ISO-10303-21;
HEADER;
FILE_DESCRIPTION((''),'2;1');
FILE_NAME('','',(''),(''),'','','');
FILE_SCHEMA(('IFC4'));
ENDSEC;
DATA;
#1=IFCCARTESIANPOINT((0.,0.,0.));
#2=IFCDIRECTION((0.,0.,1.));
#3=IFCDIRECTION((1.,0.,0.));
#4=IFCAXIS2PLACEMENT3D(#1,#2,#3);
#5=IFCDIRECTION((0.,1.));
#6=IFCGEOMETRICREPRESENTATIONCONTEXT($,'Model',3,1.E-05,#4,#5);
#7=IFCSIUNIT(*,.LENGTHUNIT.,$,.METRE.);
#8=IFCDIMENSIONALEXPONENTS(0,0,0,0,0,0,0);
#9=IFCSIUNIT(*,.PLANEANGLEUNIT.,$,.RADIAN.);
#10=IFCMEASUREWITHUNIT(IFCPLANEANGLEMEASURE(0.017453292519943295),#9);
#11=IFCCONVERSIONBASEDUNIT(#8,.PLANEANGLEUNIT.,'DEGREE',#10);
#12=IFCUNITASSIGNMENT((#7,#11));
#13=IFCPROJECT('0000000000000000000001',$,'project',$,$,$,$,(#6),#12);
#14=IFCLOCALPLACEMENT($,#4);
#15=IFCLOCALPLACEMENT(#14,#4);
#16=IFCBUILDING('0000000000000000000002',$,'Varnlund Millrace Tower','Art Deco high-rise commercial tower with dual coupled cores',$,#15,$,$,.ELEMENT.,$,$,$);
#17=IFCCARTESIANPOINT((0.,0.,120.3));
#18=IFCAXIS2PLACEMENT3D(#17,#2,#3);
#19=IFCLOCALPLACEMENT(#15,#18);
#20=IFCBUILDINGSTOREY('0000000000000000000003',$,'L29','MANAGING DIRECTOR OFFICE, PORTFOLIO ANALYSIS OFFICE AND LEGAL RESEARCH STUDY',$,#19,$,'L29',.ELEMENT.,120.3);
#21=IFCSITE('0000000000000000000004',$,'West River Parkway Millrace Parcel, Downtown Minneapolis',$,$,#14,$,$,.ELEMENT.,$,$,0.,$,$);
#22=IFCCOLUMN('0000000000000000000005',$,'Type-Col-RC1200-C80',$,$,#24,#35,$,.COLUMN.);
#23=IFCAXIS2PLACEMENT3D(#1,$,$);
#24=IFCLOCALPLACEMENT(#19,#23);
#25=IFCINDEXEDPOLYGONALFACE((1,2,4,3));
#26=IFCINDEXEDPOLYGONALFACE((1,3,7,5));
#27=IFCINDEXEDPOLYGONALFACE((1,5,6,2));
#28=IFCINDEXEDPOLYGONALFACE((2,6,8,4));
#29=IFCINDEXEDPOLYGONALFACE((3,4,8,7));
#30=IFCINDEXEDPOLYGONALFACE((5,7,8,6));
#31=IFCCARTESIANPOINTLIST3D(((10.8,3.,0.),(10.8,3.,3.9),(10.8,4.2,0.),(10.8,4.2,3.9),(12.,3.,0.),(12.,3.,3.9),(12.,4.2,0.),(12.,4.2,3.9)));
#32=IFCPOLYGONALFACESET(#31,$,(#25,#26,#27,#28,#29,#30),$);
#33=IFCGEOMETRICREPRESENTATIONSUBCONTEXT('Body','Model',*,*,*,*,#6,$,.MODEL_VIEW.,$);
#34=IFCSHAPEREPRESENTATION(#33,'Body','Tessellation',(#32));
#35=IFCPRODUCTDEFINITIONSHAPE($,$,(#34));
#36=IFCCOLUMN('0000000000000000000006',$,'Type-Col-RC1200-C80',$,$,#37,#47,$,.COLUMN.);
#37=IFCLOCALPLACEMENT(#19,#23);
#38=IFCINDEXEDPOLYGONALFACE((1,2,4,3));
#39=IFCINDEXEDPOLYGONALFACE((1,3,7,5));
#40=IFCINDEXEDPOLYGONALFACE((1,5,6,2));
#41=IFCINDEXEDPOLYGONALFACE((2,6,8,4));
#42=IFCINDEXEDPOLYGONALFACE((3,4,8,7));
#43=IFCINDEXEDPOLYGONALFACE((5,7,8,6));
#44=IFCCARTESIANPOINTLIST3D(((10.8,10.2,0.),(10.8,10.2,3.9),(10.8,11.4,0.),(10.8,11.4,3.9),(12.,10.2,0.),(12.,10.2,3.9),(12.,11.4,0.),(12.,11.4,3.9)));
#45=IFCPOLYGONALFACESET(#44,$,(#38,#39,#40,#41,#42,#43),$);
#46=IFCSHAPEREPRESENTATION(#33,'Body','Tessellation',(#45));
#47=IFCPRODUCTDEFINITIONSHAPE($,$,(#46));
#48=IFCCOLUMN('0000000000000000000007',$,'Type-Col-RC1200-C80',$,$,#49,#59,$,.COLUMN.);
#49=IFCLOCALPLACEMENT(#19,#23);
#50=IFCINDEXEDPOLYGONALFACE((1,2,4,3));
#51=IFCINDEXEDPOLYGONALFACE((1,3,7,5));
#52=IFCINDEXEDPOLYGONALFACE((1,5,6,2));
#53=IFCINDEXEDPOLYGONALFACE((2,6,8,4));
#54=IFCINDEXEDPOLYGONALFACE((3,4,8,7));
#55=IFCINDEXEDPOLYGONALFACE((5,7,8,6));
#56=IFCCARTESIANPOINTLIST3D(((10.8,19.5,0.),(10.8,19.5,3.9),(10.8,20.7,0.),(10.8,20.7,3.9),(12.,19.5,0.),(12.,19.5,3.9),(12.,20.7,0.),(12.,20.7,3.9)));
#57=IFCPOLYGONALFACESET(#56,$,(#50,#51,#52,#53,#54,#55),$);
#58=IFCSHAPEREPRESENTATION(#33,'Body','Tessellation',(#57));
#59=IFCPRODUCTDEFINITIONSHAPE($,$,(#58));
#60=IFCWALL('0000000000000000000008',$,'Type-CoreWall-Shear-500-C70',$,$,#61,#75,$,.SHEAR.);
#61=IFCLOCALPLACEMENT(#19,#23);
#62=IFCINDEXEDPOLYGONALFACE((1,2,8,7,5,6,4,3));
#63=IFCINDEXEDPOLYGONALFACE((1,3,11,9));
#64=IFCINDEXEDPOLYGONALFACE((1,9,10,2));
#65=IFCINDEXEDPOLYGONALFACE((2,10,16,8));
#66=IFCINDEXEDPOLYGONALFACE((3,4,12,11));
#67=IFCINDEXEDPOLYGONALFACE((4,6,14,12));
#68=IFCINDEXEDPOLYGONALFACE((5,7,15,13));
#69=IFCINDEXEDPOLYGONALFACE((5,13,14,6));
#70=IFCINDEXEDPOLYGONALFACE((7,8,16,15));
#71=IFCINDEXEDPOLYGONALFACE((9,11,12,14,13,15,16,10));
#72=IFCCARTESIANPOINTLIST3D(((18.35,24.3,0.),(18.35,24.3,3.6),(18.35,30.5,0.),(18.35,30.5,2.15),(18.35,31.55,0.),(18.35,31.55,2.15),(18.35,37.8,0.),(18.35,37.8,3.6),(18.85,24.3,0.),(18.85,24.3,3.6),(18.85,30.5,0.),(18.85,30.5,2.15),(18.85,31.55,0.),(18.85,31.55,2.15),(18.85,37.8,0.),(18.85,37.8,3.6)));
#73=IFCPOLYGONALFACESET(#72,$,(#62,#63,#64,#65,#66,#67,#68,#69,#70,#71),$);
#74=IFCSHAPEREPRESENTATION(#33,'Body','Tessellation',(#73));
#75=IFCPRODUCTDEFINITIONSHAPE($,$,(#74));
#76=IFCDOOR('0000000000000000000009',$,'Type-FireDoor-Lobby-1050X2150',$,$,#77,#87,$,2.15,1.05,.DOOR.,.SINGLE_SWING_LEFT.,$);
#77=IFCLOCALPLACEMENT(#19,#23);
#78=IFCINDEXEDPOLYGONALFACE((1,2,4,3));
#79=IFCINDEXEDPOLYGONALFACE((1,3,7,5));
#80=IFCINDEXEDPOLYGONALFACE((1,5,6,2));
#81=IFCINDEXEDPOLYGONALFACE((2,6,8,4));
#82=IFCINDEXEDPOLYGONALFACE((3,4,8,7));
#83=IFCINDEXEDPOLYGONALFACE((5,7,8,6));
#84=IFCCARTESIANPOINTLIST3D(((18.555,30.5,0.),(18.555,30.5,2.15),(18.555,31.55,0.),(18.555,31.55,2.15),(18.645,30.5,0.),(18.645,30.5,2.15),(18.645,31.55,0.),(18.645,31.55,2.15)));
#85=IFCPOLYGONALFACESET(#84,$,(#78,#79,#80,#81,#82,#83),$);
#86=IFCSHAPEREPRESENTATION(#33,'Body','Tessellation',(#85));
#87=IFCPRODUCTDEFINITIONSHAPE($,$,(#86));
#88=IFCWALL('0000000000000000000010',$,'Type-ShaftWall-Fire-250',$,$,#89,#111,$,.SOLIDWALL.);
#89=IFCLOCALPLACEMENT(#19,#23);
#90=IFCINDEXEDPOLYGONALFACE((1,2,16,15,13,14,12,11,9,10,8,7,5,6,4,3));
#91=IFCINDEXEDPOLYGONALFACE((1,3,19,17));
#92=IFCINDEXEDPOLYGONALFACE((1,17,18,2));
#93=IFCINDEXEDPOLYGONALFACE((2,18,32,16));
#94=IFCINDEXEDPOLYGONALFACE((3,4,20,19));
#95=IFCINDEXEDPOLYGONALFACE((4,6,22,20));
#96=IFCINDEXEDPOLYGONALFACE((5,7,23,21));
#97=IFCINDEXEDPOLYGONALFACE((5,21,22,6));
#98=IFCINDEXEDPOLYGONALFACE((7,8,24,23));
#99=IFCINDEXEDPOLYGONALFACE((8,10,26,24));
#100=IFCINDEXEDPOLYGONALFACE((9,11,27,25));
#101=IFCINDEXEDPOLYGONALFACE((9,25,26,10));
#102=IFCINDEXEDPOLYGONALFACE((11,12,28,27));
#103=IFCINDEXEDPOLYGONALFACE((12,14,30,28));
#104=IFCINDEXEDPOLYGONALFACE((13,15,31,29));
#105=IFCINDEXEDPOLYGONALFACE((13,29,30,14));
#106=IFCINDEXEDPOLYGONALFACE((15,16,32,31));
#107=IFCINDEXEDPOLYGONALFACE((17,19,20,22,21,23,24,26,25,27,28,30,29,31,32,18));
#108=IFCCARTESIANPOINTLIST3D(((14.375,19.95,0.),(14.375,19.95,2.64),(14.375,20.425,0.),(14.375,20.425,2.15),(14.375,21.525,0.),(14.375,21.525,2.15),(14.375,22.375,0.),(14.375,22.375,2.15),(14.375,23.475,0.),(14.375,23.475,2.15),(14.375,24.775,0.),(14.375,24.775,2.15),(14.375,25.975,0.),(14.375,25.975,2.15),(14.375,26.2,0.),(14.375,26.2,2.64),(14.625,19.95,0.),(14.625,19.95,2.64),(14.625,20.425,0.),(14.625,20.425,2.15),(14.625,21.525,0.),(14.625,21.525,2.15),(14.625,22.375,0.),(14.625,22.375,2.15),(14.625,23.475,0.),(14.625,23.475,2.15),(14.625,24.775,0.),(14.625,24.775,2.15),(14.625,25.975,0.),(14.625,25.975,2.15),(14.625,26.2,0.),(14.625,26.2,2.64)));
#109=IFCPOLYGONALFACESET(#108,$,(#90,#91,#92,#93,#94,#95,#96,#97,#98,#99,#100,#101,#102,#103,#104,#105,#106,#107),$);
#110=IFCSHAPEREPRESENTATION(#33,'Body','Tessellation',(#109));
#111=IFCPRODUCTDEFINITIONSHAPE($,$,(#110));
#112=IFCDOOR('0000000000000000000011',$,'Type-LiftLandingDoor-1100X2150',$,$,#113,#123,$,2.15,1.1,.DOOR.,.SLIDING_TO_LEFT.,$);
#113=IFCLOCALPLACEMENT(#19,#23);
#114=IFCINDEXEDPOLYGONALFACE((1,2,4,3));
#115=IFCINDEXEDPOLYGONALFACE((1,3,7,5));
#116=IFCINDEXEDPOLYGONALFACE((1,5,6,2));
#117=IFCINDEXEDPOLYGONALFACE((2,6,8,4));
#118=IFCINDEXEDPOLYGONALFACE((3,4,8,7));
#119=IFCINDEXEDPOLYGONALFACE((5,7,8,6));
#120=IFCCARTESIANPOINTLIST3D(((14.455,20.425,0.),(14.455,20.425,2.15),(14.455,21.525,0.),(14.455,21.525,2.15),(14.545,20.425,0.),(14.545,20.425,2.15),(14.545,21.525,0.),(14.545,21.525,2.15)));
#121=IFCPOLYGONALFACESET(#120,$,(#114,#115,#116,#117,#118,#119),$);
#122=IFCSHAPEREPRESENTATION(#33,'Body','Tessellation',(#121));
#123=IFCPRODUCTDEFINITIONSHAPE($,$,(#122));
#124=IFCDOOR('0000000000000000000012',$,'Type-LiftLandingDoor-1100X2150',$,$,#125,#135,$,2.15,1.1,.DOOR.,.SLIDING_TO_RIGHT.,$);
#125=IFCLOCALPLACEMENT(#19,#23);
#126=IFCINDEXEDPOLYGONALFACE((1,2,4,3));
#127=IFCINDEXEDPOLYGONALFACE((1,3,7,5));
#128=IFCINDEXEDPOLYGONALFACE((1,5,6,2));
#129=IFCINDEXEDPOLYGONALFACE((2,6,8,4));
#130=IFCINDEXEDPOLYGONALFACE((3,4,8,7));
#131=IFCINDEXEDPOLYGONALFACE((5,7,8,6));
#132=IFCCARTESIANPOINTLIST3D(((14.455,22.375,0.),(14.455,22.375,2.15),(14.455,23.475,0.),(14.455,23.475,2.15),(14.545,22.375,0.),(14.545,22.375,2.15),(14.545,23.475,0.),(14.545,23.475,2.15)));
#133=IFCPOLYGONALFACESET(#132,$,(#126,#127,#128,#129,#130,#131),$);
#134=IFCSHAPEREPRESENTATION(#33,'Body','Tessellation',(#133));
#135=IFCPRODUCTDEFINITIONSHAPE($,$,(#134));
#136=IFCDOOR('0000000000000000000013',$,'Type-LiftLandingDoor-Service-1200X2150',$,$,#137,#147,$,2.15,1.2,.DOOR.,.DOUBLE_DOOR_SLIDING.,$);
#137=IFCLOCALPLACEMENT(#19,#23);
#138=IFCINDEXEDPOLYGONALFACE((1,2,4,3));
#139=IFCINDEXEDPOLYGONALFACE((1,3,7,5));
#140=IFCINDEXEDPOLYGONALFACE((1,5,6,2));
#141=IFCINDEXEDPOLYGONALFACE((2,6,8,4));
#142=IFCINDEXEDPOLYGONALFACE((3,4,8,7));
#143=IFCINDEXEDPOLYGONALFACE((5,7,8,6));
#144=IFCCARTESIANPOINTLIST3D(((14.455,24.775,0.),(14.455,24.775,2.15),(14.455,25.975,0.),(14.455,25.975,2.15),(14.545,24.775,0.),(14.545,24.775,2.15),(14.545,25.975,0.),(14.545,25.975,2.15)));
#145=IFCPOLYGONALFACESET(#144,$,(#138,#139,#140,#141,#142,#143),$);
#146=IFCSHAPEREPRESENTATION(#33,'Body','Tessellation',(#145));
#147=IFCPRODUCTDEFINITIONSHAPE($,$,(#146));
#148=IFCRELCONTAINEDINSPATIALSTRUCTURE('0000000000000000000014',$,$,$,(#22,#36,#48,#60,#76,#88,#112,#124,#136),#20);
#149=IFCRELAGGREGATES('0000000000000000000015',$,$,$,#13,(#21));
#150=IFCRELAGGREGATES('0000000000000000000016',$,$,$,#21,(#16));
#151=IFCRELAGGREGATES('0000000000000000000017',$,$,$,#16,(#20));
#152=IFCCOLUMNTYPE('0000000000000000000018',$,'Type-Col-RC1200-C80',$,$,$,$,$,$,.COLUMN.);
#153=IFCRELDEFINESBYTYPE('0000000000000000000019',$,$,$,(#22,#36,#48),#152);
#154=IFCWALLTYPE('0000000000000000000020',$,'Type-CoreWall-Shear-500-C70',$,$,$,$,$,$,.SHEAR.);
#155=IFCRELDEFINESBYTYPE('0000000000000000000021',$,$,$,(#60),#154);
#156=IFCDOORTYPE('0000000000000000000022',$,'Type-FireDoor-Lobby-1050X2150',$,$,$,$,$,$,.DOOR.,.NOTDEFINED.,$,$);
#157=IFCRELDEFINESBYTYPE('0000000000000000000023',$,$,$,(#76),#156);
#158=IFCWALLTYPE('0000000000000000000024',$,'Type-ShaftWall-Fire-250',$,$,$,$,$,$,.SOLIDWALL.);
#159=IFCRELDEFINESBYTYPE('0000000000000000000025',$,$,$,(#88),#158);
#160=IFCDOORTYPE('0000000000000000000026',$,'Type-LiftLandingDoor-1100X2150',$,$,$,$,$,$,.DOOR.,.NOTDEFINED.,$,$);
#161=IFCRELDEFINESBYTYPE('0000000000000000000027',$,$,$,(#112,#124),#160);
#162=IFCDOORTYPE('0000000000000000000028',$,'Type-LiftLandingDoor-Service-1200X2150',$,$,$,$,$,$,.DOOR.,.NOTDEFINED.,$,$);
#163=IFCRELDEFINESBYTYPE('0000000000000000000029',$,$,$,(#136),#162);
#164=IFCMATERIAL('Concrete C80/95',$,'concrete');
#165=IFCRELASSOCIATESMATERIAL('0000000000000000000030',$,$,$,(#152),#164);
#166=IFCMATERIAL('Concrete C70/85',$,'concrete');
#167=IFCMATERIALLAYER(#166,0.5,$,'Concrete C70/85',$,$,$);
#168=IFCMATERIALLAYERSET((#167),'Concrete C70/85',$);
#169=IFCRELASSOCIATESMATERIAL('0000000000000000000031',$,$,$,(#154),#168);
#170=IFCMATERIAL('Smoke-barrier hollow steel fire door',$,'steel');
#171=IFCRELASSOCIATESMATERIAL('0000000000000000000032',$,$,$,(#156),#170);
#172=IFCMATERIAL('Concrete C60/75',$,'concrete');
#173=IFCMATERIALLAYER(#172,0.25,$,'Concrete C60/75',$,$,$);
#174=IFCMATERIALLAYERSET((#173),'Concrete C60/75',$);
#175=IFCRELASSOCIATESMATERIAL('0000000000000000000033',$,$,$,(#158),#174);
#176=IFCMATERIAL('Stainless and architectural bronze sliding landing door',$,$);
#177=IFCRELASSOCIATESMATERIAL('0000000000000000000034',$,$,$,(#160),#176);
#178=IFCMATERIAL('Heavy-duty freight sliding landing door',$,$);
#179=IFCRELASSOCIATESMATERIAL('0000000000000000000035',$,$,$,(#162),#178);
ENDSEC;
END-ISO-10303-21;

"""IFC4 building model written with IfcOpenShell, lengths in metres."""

from ifc_helpers import new_model, entity, si_unit, converted_unit, direction, frame, origin_with_axes, origin_2d_with_axis, place, context, subcontext, project, spatial, polyline, rectangle, outline, extrude, material, layer, layer_set, material_profile, profile_set, type_object, element, fill, save


model = new_model("IFC4")

# Units and contexts
model_context = context("Model", 3, precision=1e-05, world=origin_with_axes(), true_north=direction((0.0, 1.0)))
body_context = subcontext(model_context, "Body", "Model", "MODEL_VIEW")
ifc_project = project(units=[si_unit("LENGTHUNIT", "METRE"), converted_unit("PLANEANGLEUNIT", "DEGREE", entity("IfcPlaneAngleMeasure", 0.017453292519943295), si_unit("PLANEANGLEUNIT", "RADIAN"), dimensions=[0, 0, 0, 0, 0, 0, 0])], contexts=[model_context])

# Site, building, storey
site_placement = place(None, origin_with_axes())
site = spatial("IfcSite", under=ifc_project, at=site_placement, Name="West River Parkway Millrace Parcel, Downtown Minneapolis", CompositionType="ELEMENT", RefElevation=0.0)
building_placement = place(site_placement, origin_with_axes())
building = spatial("IfcBuilding", under=site, at=building_placement, Name="Varnlund Millrace Tower", Description="Art Deco high-rise commercial tower with dual coupled cores", CompositionType="ELEMENT")
storey_placement = place(building_placement, frame((0.0, 0.0, 120.3), z_axis=(0.0, 0.0, 1.0), x_axis=(1.0, 0.0, 0.0)))
storey = spatial("IfcBuildingStorey", under=building, at=storey_placement, Name="L29", Description="MANAGING DIRECTOR OFFICE, PORTFOLIO ANALYSIS OFFICE AND LEGAL RESEARCH STUDY", LongName="L29", CompositionType="ELEMENT", Elevation=120.3)

# Columns
ifc_material_1 = material(Name="Concrete C80/95", Category="concrete")
ifc_material_profile = material_profile(ifc_material_1, rectangle(XDim=1.2, YDim=1.2, at=origin_2d_with_axis()), Name="Concrete C80/95")
ifc_profile_set = profile_set([ifc_material_profile], Name="Concrete C80/95")
column_type = type_object("IfcColumnType", Name="Type-Col-RC1200-C80", PredefinedType="COLUMN", material=ifc_profile_set)
for number, where, z_axis, x_axis, name in (
    (1, (11.4, 3.6, 0.0), (0.0, 0.0, 1.0), (1.0, 0.0, 0.0), "Type-Col-RC1200-C80"),
    (2, (11.4, 10.8, 0.0), (0.0, 0.0, 1.0), (1.0, 0.0, 0.0), "Type-Col-RC1200-C80"),
    (3, (11.4, 20.1, 0.0), (0.0, 0.0, 1.0), (1.0, 0.0, 0.0), "Type-Col-RC1200-C80"),
):
    element("IfcColumn", number, at=place(storey_placement, frame(where, z_axis=z_axis, x_axis=x_axis)), inside=storey, type_object=column_type, Name=name, PredefinedType="COLUMN", context=body_context, shape_type="SweptSolid", body=[
        extrude(rectangle(XDim=1.2, YDim=1.2, at=origin_2d_with_axis()), origin_with_axes(), (0.0, 0.0, 1.0), 3.9),
    ])

# Wall, opening, door
ifc_material_2 = material(Name="Concrete C70/85", Category="concrete")
ifc_layer_1 = layer(ifc_material_2, 0.5, Name="Concrete C70/85")
ifc_layer_set_1 = layer_set([ifc_layer_1], Name="Concrete C70/85")
wall_type_1 = type_object("IfcWallType", Name="Type-CoreWall-Shear-500-C70", PredefinedType="SHEAR", material=ifc_layer_set_1)
wall_1_placement = place(storey_placement, frame((18.6, 24.3, 0.0), z_axis=(0.0, 0.0, 1.0), x_axis=(0.0, 1.0, 0.0)))
wall_1 = element("IfcWall", 4, at=wall_1_placement, inside=storey, type_object=wall_type_1, Name="Type-CoreWall-Shear-500-C70", PredefinedType="SHEAR", context=body_context, shape_type="SweptSolid", body=[
    extrude(outline(polyline([(0.0, -0.25), (13.5, -0.25), (13.5, 0.25), (0.0, 0.25), (0.0, -0.25)])), origin_with_axes(), (0.0, 0.0, 1.0), 3.6),
])
opening_1_placement = place(wall_1_placement, frame((6.725, 0.0, 0.0), z_axis=(0.0, 0.0, 1.0), x_axis=(1.0, 0.0, 0.0)))
opening_1 = element("IfcOpeningElement", 5, at=opening_1_placement, cuts=wall_1, PredefinedType="OPENING", context=body_context, shape_type="SweptSolid", body=[
    extrude(rectangle(XDim=1.05, YDim=0.52, at=origin_2d_with_axis()), origin_with_axes(), (0.0, 0.0, 1.0), 2.15),
])
ifc_material_3 = material(Name="Smoke-barrier hollow steel fire door", Category="steel")
door_type_1 = type_object("IfcDoorType", Name="Type-FireDoor-Lobby-1050X2150", OperationType="NOTDEFINED", PredefinedType="DOOR", material=ifc_material_3)
door_1_placement = place(wall_1_placement, frame((6.725, 0.0, 0.0), z_axis=(0.0, 0.0, 1.0), x_axis=(1.0, 0.0, 0.0)))
door_1 = element("IfcDoor", 6, at=door_1_placement, inside=storey, type_object=door_type_1, Name="Type-FireDoor-Lobby-1050X2150", OperationType="SINGLE_SWING_LEFT", OverallHeight=2.15, OverallWidth=1.05, PredefinedType="DOOR", context=body_context, shape_type="SweptSolid", body=[
    extrude(rectangle(XDim=1.05, YDim=0.09, at=origin_2d_with_axis()), origin_with_axes(), (0.0, 0.0, 1.0), 2.15),
])
fill(opening_1, door_1)

# Wall, openings, doors
ifc_material_4 = material(Name="Concrete C60/75", Category="concrete")
ifc_layer_2 = layer(ifc_material_4, 0.25, Name="Concrete C60/75")
ifc_layer_set_2 = layer_set([ifc_layer_2], Name="Concrete C60/75")
wall_type_2 = type_object("IfcWallType", Name="Type-ShaftWall-Fire-250", PredefinedType="SOLIDWALL", material=ifc_layer_set_2)
wall_2_placement = place(storey_placement, frame((14.5, 19.95, 0.0), z_axis=(0.0, 0.0, 1.0), x_axis=(0.0, 1.0, 0.0)))
wall_2 = element("IfcWall", 7, at=wall_2_placement, inside=storey, type_object=wall_type_2, Name="Type-ShaftWall-Fire-250", PredefinedType="SOLIDWALL", context=body_context, shape_type="SweptSolid", body=[
    extrude(outline(polyline([(0.0, -0.125), (6.25, -0.125), (6.25, 0.125), (0.0, 0.125), (0.0, -0.125)])), origin_with_axes(), (0.0, 0.0, 1.0), 2.64),
])
opening_2_placement = place(wall_2_placement, frame((1.025, 0.0, 0.0), z_axis=(0.0, 0.0, 1.0), x_axis=(1.0, 0.0, 0.0)))
opening_2 = element("IfcOpeningElement", 8, at=opening_2_placement, cuts=wall_2, PredefinedType="OPENING", context=body_context, shape_type="SweptSolid", body=[
    extrude(rectangle(XDim=1.1, YDim=0.27, at=origin_2d_with_axis()), origin_with_axes(), (0.0, 0.0, 1.0), 2.15),
])
opening_3_placement = place(wall_2_placement, frame((2.975, 0.0, 0.0), z_axis=(0.0, 0.0, 1.0), x_axis=(1.0, 0.0, 0.0)))
opening_3 = element("IfcOpeningElement", 9, at=opening_3_placement, cuts=wall_2, PredefinedType="OPENING", context=body_context, shape_type="SweptSolid", body=[
    extrude(rectangle(XDim=1.1, YDim=0.27, at=origin_2d_with_axis()), origin_with_axes(), (0.0, 0.0, 1.0), 2.15),
])
opening_4_placement = place(wall_2_placement, frame((5.425, 0.0, 0.0), z_axis=(0.0, 0.0, 1.0), x_axis=(1.0, 0.0, 0.0)))
opening_4 = element("IfcOpeningElement", 10, at=opening_4_placement, cuts=wall_2, PredefinedType="OPENING", context=body_context, shape_type="SweptSolid", body=[
    extrude(rectangle(XDim=1.2, YDim=0.27, at=origin_2d_with_axis()), origin_with_axes(), (0.0, 0.0, 1.0), 2.15),
])
ifc_material_5 = material(Name="Stainless and architectural bronze sliding landing door")
door_type_2 = type_object("IfcDoorType", Name="Type-LiftLandingDoor-1100X2150", OperationType="NOTDEFINED", PredefinedType="DOOR", material=ifc_material_5)
door_2_placement = place(wall_2_placement, frame((1.025, 0.0, 0.0), z_axis=(0.0, 0.0, 1.0), x_axis=(1.0, 0.0, 0.0)))
door_2 = element("IfcDoor", 11, at=door_2_placement, inside=storey, type_object=door_type_2, Name="Type-LiftLandingDoor-1100X2150", OperationType="SLIDING_TO_LEFT", OverallHeight=2.15, OverallWidth=1.1, PredefinedType="DOOR", context=body_context, shape_type="SweptSolid", body=[
    extrude(rectangle(XDim=1.1, YDim=0.09, at=origin_2d_with_axis()), origin_with_axes(), (0.0, 0.0, 1.0), 2.15),
])
fill(opening_2, door_2)
door_3_placement = place(wall_2_placement, frame((2.975, 0.0, 0.0), z_axis=(0.0, 0.0, 1.0), x_axis=(1.0, 0.0, 0.0)))
door_3 = element("IfcDoor", 12, at=door_3_placement, inside=storey, type_object=door_type_2, Name="Type-LiftLandingDoor-1100X2150", OperationType="SLIDING_TO_RIGHT", OverallHeight=2.15, OverallWidth=1.1, PredefinedType="DOOR", context=body_context, shape_type="SweptSolid", body=[
    extrude(rectangle(XDim=1.1, YDim=0.09, at=origin_2d_with_axis()), origin_with_axes(), (0.0, 0.0, 1.0), 2.15),
])
fill(opening_3, door_3)
ifc_material_6 = material(Name="Heavy-duty freight sliding landing door")
door_type_3 = type_object("IfcDoorType", Name="Type-LiftLandingDoor-Service-1200X2150", OperationType="NOTDEFINED", PredefinedType="DOOR", material=ifc_material_6)
door_4_placement = place(wall_2_placement, frame((5.425, 0.0, 0.0), z_axis=(0.0, 0.0, 1.0), x_axis=(1.0, 0.0, 0.0)))
door_4 = element("IfcDoor", 13, at=door_4_placement, inside=storey, type_object=door_type_3, Name="Type-LiftLandingDoor-Service-1200X2150", OperationType="DOUBLE_DOOR_SLIDING", OverallHeight=2.15, OverallWidth=1.2, PredefinedType="DOOR", context=body_context, shape_type="SweptSolid", body=[
    extrude(rectangle(XDim=1.2, YDim=0.09, at=origin_2d_with_axis()), origin_with_axes(), (0.0, 0.0, 1.0), 2.15),
])
fill(opening_4, door_4)

save(model, "model.ifc")
